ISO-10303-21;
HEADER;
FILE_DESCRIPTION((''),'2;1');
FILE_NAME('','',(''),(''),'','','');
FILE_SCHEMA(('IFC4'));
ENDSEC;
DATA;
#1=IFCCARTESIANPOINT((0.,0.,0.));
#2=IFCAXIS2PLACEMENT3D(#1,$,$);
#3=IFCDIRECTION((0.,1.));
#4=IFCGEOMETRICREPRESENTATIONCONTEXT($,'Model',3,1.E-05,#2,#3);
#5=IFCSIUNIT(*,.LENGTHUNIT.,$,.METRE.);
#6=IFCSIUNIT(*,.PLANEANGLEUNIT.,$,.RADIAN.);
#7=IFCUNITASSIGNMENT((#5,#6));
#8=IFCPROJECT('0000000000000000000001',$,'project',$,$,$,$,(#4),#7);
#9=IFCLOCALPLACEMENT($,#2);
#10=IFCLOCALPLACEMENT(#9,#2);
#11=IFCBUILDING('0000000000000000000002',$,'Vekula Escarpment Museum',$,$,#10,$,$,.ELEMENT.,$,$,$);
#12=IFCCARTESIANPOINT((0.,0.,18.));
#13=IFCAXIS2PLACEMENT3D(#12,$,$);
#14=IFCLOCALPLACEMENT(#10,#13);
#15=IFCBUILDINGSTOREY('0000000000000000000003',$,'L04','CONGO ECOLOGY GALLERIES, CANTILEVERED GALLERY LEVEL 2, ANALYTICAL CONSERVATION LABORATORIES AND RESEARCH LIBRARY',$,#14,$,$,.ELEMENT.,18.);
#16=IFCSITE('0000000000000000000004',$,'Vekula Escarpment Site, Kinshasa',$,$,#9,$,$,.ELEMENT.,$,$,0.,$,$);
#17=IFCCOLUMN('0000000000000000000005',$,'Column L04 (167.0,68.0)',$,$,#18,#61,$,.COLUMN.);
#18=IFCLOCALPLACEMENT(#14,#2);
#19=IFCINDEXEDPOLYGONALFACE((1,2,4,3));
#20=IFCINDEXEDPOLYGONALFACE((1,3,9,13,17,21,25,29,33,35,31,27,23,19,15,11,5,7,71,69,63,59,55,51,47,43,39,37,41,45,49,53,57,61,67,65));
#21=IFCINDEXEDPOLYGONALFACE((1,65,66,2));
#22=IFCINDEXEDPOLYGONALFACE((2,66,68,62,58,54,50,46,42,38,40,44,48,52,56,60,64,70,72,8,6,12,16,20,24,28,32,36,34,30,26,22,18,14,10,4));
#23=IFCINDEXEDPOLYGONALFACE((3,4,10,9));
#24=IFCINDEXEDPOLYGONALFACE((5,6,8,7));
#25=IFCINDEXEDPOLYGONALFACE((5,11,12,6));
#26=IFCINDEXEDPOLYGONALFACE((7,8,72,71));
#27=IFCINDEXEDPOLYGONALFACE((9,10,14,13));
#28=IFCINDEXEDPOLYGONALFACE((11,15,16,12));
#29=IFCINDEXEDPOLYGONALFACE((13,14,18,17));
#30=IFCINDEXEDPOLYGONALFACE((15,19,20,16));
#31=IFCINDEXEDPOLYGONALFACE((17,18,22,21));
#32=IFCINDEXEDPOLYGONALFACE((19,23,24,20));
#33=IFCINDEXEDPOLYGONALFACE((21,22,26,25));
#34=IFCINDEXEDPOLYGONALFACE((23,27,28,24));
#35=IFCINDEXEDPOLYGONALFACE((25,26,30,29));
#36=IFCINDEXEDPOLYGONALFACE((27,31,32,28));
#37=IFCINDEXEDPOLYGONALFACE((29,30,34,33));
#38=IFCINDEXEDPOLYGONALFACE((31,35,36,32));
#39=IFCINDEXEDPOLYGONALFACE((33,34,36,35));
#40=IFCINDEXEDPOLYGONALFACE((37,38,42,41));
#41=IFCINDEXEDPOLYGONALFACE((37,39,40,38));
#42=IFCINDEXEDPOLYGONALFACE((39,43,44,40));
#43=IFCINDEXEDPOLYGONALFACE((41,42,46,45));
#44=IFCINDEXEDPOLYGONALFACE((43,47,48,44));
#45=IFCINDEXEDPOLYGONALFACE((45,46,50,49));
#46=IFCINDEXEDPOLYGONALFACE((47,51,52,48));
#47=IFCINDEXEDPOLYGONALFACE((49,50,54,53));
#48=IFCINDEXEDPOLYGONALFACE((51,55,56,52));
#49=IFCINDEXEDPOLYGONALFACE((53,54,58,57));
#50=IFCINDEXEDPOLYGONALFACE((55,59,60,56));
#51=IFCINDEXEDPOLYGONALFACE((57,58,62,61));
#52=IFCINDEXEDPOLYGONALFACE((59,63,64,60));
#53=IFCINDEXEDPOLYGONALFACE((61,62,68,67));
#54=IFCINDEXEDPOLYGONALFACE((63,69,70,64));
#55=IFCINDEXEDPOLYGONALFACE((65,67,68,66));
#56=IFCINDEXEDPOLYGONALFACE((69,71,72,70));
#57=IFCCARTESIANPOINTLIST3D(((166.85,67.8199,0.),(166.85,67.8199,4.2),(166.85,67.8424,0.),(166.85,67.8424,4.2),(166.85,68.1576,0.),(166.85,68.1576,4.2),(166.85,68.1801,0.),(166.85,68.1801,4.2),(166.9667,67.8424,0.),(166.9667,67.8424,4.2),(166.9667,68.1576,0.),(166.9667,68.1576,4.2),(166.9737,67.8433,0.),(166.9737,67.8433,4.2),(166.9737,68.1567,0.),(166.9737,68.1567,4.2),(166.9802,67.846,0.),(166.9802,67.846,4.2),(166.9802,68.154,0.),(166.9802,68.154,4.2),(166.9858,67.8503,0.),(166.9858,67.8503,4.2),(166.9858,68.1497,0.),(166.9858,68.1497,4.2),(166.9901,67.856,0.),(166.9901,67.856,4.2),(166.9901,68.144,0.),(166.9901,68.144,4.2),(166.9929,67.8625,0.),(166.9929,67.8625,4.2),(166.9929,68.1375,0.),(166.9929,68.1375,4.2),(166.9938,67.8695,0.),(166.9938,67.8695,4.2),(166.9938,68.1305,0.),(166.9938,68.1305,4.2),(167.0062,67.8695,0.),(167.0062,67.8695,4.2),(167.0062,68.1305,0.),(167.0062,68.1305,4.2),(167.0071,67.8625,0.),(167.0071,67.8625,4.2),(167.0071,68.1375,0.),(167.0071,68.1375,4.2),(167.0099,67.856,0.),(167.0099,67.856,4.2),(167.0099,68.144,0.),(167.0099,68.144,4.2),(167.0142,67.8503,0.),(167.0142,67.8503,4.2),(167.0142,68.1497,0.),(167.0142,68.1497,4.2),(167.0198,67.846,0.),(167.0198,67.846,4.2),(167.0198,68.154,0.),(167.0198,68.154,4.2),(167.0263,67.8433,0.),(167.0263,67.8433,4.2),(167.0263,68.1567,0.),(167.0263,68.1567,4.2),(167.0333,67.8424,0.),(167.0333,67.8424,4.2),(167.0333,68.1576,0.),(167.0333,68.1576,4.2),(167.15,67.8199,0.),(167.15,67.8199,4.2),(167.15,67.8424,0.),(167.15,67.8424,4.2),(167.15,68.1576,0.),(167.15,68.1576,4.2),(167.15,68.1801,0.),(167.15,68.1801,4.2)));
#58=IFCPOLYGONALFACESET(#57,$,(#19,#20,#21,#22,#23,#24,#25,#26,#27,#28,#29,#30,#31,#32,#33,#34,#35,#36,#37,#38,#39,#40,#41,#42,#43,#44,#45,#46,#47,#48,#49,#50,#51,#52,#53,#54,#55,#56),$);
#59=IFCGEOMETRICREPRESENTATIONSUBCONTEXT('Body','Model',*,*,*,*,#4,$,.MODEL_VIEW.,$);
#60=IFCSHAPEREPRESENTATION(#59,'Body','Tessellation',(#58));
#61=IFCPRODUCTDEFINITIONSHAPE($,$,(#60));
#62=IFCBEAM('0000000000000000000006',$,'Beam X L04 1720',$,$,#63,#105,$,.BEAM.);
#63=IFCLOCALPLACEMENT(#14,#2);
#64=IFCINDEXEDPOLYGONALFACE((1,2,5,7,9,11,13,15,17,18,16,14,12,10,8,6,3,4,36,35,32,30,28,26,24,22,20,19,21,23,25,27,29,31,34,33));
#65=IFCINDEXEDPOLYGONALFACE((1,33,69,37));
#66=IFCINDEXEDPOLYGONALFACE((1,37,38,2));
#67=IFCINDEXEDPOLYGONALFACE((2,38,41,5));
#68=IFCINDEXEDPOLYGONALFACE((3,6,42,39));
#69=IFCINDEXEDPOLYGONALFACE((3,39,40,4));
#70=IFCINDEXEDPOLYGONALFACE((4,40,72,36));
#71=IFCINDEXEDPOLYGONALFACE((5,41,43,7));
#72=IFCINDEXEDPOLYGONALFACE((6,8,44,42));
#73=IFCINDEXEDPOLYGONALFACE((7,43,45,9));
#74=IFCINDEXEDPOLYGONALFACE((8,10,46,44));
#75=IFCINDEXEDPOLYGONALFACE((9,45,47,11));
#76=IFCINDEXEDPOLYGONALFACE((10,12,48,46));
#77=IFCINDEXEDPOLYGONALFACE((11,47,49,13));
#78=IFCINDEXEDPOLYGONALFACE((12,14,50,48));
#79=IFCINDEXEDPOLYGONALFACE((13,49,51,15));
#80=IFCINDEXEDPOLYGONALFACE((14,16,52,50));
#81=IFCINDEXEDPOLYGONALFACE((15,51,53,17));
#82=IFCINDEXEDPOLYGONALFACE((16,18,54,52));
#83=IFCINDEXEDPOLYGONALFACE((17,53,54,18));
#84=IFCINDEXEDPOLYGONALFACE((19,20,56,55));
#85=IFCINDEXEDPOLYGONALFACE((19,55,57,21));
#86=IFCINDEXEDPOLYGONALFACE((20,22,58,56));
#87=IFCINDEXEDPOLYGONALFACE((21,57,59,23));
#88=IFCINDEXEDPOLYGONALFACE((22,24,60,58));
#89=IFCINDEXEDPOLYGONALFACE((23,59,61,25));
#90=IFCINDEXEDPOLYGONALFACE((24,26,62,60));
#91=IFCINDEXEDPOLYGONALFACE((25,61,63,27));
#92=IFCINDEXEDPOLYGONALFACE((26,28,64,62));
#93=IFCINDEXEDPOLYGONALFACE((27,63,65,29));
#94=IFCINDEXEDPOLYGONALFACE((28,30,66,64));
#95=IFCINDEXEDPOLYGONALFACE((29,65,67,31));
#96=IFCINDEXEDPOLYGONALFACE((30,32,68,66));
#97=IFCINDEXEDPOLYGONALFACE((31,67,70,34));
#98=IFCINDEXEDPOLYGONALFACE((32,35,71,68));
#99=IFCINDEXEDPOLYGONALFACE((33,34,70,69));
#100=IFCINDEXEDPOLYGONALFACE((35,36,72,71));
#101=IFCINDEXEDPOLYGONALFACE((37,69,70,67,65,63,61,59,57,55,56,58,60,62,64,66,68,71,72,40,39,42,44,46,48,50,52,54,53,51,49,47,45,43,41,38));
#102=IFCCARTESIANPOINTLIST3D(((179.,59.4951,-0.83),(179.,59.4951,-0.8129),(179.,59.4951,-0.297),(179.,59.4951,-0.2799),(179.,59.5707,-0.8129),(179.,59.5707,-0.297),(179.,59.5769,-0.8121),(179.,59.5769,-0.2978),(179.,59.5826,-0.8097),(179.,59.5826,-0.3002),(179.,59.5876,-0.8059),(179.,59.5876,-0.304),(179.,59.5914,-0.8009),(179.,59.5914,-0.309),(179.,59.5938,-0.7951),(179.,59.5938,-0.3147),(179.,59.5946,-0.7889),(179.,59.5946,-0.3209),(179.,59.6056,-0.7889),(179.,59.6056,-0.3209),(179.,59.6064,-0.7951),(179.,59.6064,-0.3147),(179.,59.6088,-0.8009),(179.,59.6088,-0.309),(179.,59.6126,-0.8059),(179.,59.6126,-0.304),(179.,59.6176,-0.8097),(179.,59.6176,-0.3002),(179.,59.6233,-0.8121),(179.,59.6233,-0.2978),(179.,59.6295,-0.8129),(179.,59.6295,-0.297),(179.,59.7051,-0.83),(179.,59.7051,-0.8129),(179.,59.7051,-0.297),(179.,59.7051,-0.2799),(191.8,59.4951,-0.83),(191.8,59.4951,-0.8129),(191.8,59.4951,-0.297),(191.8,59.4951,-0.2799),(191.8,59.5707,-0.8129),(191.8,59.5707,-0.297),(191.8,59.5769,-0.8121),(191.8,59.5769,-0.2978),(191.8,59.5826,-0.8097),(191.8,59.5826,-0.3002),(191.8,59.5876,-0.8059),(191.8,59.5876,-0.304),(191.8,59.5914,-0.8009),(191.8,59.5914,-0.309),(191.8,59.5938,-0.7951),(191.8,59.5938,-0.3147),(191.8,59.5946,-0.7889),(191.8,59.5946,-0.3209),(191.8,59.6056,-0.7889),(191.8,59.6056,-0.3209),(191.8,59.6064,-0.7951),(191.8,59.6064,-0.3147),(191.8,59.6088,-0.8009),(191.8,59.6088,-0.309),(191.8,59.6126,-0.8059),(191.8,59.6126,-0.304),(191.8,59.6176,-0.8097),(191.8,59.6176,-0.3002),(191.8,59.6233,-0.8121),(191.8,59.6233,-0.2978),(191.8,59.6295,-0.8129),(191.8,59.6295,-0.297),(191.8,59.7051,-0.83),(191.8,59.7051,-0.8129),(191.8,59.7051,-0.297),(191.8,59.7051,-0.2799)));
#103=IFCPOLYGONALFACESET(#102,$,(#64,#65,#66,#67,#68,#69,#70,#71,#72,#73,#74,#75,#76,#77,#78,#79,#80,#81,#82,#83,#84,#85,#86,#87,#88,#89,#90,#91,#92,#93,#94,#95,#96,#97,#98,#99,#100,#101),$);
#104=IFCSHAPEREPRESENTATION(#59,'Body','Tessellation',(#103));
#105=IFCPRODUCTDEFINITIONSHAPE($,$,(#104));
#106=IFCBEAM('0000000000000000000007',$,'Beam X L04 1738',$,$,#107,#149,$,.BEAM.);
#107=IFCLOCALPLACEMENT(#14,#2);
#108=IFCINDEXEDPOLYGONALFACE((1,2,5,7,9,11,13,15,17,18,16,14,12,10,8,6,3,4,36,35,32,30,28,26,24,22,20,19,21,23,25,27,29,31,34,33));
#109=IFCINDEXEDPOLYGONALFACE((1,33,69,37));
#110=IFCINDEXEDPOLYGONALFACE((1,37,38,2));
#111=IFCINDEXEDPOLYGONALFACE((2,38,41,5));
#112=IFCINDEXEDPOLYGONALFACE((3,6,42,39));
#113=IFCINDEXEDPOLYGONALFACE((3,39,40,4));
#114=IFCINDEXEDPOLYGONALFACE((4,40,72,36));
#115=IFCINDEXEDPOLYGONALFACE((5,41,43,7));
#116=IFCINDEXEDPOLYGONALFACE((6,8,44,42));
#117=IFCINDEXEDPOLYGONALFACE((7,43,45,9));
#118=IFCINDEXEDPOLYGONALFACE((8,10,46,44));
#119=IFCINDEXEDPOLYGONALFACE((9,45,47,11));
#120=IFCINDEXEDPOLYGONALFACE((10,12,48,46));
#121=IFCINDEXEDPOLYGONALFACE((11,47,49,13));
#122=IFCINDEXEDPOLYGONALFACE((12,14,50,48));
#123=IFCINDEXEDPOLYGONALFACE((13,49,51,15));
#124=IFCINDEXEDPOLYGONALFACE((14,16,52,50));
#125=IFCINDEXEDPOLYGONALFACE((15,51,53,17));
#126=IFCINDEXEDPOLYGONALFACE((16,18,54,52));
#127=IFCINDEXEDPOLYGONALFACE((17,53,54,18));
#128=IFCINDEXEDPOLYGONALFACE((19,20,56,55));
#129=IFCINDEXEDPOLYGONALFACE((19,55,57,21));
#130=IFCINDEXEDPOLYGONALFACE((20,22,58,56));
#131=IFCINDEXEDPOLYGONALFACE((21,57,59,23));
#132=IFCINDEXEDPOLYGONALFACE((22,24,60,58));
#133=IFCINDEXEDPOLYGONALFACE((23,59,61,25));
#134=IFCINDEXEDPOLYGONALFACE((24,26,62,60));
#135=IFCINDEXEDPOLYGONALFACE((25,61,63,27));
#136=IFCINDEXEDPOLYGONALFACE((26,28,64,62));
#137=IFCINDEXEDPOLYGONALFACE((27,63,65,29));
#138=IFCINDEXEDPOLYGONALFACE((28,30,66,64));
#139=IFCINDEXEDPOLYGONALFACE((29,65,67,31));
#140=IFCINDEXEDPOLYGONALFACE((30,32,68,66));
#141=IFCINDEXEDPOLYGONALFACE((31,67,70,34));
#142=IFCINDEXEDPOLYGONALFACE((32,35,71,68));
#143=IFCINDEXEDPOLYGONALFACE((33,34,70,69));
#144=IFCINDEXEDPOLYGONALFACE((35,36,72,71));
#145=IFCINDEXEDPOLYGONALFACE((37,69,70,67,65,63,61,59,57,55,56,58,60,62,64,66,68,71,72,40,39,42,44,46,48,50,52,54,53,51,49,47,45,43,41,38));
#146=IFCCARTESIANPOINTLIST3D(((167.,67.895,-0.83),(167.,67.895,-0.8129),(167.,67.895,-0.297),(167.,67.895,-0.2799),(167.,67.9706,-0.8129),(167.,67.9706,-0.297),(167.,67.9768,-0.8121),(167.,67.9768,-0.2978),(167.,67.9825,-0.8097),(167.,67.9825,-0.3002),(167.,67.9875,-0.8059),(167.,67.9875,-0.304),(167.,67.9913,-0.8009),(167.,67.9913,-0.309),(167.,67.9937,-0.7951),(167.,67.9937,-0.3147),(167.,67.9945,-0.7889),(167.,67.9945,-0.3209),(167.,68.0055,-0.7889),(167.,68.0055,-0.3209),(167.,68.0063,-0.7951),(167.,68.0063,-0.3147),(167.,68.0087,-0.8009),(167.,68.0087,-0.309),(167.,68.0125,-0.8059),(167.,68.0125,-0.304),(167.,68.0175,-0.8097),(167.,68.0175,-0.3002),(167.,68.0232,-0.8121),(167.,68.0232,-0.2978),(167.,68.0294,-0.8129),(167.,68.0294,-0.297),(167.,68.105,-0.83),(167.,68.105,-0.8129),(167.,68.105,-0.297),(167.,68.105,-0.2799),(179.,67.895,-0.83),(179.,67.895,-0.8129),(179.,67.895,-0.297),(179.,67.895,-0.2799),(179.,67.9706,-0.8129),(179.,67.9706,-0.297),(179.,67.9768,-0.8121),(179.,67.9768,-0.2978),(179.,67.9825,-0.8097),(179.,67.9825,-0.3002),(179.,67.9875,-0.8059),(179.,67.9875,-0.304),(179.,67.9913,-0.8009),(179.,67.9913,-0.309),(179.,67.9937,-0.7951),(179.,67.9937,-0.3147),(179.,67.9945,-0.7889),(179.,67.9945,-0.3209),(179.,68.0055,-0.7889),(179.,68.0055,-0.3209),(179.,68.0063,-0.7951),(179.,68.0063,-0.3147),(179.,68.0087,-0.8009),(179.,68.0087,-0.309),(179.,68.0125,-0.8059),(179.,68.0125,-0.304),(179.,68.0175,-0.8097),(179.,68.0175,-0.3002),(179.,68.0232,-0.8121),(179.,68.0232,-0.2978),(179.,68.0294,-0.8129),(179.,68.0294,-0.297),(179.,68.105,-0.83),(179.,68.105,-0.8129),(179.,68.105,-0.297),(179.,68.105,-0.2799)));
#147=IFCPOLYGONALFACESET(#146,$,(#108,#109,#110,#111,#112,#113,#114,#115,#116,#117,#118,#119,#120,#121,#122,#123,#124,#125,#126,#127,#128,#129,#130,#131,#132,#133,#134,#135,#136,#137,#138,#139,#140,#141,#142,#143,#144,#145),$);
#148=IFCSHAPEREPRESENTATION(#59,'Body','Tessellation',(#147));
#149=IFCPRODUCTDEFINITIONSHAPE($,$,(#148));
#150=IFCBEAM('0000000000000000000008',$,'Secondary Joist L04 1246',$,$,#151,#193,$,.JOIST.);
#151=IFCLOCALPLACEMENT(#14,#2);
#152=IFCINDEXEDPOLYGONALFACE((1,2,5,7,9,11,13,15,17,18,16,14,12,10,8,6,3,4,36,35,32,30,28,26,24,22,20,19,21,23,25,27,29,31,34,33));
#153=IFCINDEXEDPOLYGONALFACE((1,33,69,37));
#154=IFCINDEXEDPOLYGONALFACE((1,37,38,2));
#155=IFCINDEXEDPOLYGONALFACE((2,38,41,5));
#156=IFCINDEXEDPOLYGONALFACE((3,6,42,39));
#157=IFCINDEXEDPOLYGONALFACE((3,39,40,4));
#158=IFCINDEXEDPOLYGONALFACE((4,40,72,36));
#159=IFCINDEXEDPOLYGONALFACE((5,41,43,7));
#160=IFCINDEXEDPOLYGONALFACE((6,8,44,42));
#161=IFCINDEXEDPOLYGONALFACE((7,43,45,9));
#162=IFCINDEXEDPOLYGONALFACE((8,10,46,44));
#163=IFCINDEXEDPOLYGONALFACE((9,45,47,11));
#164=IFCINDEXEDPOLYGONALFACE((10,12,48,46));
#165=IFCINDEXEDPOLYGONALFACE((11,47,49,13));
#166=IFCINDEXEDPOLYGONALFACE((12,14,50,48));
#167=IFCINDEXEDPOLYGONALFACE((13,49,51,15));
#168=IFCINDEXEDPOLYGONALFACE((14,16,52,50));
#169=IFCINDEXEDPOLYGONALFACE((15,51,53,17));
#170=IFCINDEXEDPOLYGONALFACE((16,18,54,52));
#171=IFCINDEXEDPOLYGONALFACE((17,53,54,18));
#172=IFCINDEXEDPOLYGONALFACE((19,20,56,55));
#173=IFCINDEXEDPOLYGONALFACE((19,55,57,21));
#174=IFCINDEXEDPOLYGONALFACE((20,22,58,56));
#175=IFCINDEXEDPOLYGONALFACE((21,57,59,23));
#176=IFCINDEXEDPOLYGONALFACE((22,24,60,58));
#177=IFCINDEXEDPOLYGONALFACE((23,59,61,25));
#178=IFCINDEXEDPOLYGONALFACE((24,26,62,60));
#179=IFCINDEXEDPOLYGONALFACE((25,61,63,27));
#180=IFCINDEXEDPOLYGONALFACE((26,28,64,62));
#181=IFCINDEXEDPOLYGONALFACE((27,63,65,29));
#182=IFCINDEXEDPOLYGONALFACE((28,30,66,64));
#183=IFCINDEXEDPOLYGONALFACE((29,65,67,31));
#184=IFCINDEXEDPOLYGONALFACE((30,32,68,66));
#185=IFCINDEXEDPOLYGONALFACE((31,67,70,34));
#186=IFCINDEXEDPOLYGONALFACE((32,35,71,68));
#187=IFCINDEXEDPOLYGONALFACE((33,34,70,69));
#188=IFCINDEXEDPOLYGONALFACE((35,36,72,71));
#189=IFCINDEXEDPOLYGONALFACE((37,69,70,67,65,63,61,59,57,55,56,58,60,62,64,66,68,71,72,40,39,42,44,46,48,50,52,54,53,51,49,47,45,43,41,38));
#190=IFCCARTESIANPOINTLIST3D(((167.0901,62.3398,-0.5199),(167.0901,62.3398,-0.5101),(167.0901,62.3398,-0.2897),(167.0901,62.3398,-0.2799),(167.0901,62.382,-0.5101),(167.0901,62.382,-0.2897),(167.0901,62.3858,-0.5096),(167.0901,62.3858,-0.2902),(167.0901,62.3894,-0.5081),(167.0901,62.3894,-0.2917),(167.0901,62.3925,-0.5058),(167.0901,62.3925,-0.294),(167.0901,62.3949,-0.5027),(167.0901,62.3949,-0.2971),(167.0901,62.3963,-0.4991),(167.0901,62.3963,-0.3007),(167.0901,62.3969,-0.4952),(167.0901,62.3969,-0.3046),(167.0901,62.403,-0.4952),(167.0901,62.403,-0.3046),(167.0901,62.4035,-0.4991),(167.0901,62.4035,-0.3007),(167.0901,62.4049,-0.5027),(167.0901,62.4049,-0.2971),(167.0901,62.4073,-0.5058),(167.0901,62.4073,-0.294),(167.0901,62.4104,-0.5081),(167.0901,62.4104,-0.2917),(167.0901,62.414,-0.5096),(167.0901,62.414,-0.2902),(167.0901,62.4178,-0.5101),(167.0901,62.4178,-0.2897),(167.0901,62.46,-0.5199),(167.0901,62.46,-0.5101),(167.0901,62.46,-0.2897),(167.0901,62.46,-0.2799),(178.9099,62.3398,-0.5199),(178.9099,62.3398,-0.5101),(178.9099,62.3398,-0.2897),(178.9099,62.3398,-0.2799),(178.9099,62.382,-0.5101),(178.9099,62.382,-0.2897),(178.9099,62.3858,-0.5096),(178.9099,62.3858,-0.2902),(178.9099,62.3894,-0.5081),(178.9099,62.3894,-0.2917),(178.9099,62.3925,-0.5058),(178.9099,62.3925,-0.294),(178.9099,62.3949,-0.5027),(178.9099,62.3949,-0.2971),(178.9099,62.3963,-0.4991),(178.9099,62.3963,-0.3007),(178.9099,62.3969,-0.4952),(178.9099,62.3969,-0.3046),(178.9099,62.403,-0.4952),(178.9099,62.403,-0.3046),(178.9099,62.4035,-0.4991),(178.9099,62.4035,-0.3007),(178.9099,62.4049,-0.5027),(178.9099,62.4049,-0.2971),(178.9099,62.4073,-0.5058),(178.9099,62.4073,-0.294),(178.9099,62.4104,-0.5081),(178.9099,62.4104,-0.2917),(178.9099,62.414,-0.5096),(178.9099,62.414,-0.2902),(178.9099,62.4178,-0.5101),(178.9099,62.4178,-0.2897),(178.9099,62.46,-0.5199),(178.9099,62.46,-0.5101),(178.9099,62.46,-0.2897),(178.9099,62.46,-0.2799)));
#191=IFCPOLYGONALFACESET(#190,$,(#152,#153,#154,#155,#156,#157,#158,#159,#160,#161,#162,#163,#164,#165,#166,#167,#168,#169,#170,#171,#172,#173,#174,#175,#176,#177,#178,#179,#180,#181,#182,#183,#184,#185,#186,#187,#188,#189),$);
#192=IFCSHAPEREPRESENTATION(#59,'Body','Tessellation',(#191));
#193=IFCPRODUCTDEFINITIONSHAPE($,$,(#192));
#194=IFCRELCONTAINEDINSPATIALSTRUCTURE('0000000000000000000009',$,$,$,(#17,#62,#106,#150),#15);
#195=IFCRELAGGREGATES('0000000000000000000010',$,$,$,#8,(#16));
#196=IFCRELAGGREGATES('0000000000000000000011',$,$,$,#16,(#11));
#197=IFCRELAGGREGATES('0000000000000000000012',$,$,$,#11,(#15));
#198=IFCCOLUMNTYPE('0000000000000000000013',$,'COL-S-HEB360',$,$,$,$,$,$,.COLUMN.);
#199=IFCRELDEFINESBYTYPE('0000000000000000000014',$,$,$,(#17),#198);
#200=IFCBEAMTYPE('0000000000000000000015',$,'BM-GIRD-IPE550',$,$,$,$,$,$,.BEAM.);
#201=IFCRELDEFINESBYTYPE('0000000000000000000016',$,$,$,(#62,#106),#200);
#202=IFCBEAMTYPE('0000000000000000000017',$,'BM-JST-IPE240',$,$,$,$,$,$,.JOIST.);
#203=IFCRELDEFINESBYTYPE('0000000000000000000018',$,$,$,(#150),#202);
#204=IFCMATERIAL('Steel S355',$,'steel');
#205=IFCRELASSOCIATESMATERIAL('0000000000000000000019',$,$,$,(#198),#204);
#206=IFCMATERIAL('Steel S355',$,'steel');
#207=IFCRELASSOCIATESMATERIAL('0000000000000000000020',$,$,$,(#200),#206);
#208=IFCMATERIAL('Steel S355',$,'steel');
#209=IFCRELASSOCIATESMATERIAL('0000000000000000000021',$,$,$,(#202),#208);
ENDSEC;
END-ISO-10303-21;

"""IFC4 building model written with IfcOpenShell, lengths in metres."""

from ifc_helpers import new_model, si_unit, direction, frame, origin, origin_2d, place, context, subcontext, project, spatial, i_section, extrude, material, material_profile, profile_set, type_object, element, save


model = new_model("IFC4")

# Units and contexts
model_context = context("Model", 3, precision=1e-05, world=origin(), true_north=direction((0.0, 1.0)))
body_context = subcontext(model_context, "Body", "Model", "MODEL_VIEW")
ifc_project = project(units=[si_unit("LENGTHUNIT", "METRE"), si_unit("PLANEANGLEUNIT", "RADIAN")], contexts=[model_context])

# Site, building, storey
site_placement = place(None, origin())
site = spatial("IfcSite", under=ifc_project, at=site_placement, Name="Vekula Escarpment Site, Kinshasa", CompositionType="ELEMENT", RefElevation=0.0)
building_placement = place(site_placement, origin())
building = spatial("IfcBuilding", under=site, at=building_placement, Name="Vekula Escarpment Museum", CompositionType="ELEMENT")
storey_placement = place(building_placement, frame((0.0, 0.0, 18.0)))
storey = spatial("IfcBuildingStorey", under=building, at=storey_placement, Name="L04", Description="CONGO ECOLOGY GALLERIES, CANTILEVERED GALLERY LEVEL 2, ANALYTICAL CONSERVATION LABORATORIES AND RESEARCH LIBRARY", CompositionType="ELEMENT", Elevation=18.0)

# Column
ifc_material_1 = material(Name="Steel S355", Category="steel")
ifc_material_profile_1 = material_profile(ifc_material_1, i_section(OverallWidth=0.3, OverallDepth=0.3601, WebThickness=0.0125, FlangeThickness=0.0225, FilletRadius=0.0271, at=origin_2d()), Name="HEB 360")
ifc_profile_set_1 = profile_set([ifc_material_profile_1], Name="Steel S355")
column_type = type_object("IfcColumnType", Name="COL-S-HEB360", PredefinedType="COLUMN", material=ifc_profile_set_1)
column_placement = place(storey_placement, frame((167.0, 68.0, 0.0), z_axis=(0.0, 0.0, 1.0), x_axis=(1.0, 0.0, 0.0)))
element("IfcColumn", 1, at=column_placement, inside=storey, type_object=column_type, Name="Column L04 (167.0,68.0)", PredefinedType="COLUMN", context=body_context, shape_type="SweptSolid", body=[
    extrude(i_section(OverallWidth=0.3, OverallDepth=0.3601, WebThickness=0.0125, FlangeThickness=0.0225, FilletRadius=0.0271, at=origin_2d()), origin(), (0.0, 0.0, 1.0), 4.2),
])

# Beams
ifc_material_2 = material(Name="Steel S355", Category="steel")
ifc_material_profile_2 = material_profile(ifc_material_2, i_section(OverallWidth=0.21, OverallDepth=0.55, WebThickness=0.011, FlangeThickness=0.0171, FilletRadius=0.0239, at=origin_2d()), Name="IPE 550")
ifc_profile_set_2 = profile_set([ifc_material_profile_2], Name="Steel S355")
beam_type_1 = type_object("IfcBeamType", Name="BM-GIRD-IPE550", PredefinedType="BEAM", material=ifc_profile_set_2)
beam_1_placement = place(storey_placement, frame((179.0, 59.6001, -0.5549), z_axis=(1.0, 0.0, 0.0), x_axis=(0.0, 1.0, 0.0)))
element("IfcBeam", 2, at=beam_1_placement, inside=storey, type_object=beam_type_1, Name="Beam X L04 1720", PredefinedType="BEAM", context=body_context, shape_type="SweptSolid", body=[
    extrude(i_section(OverallWidth=0.21, OverallDepth=0.55, WebThickness=0.011, FlangeThickness=0.0171, FilletRadius=0.0239, at=origin_2d()), origin(), (0.0, 0.0, 1.0), 12.8),
])
beam_2_placement = place(storey_placement, frame((167.0, 68.0, -0.5549), z_axis=(1.0, 0.0, 0.0), x_axis=(0.0, 1.0, 0.0)))
element("IfcBeam", 3, at=beam_2_placement, inside=storey, type_object=beam_type_1, Name="Beam X L04 1738", PredefinedType="BEAM", context=body_context, shape_type="SweptSolid", body=[
    extrude(i_section(OverallWidth=0.21, OverallDepth=0.55, WebThickness=0.011, FlangeThickness=0.0171, FilletRadius=0.0239, at=origin_2d()), origin(), (0.0, 0.0, 1.0), 12.0),
])
ifc_material_3 = material(Name="Steel S355", Category="steel")
ifc_material_profile_3 = material_profile(ifc_material_3, i_section(OverallWidth=0.1201, OverallDepth=0.24, WebThickness=0.0061, FlangeThickness=0.0098, FilletRadius=0.0149, at=origin_2d()), Name="IPE 240")
ifc_profile_set_3 = profile_set([ifc_material_profile_3], Name="Steel S355")
beam_type_2 = type_object("IfcBeamType", Name="BM-JST-IPE240", PredefinedType="JOIST", material=ifc_profile_set_3)
for number, where, z_axis, x_axis, name in (
    (4, (167.0901, 62.3999, -0.3999), (1.0, 0.0, 0.0), (0.0, 1.0, 0.0), "Secondary Joist L04 1246"),
):
    element("IfcBeam", number, at=place(storey_placement, frame(where, z_axis=z_axis, x_axis=x_axis)), inside=storey, type_object=beam_type_2, Name=name, PredefinedType="JOIST", context=body_context, shape_type="SweptSolid", body=[
        extrude(i_section(OverallWidth=0.1201, OverallDepth=0.24, WebThickness=0.0061, FlangeThickness=0.0098, FilletRadius=0.0149, at=origin_2d()), origin(), (0.0, 0.0, 1.0), 11.8198),
    ])

save(model, "model.ifc")
